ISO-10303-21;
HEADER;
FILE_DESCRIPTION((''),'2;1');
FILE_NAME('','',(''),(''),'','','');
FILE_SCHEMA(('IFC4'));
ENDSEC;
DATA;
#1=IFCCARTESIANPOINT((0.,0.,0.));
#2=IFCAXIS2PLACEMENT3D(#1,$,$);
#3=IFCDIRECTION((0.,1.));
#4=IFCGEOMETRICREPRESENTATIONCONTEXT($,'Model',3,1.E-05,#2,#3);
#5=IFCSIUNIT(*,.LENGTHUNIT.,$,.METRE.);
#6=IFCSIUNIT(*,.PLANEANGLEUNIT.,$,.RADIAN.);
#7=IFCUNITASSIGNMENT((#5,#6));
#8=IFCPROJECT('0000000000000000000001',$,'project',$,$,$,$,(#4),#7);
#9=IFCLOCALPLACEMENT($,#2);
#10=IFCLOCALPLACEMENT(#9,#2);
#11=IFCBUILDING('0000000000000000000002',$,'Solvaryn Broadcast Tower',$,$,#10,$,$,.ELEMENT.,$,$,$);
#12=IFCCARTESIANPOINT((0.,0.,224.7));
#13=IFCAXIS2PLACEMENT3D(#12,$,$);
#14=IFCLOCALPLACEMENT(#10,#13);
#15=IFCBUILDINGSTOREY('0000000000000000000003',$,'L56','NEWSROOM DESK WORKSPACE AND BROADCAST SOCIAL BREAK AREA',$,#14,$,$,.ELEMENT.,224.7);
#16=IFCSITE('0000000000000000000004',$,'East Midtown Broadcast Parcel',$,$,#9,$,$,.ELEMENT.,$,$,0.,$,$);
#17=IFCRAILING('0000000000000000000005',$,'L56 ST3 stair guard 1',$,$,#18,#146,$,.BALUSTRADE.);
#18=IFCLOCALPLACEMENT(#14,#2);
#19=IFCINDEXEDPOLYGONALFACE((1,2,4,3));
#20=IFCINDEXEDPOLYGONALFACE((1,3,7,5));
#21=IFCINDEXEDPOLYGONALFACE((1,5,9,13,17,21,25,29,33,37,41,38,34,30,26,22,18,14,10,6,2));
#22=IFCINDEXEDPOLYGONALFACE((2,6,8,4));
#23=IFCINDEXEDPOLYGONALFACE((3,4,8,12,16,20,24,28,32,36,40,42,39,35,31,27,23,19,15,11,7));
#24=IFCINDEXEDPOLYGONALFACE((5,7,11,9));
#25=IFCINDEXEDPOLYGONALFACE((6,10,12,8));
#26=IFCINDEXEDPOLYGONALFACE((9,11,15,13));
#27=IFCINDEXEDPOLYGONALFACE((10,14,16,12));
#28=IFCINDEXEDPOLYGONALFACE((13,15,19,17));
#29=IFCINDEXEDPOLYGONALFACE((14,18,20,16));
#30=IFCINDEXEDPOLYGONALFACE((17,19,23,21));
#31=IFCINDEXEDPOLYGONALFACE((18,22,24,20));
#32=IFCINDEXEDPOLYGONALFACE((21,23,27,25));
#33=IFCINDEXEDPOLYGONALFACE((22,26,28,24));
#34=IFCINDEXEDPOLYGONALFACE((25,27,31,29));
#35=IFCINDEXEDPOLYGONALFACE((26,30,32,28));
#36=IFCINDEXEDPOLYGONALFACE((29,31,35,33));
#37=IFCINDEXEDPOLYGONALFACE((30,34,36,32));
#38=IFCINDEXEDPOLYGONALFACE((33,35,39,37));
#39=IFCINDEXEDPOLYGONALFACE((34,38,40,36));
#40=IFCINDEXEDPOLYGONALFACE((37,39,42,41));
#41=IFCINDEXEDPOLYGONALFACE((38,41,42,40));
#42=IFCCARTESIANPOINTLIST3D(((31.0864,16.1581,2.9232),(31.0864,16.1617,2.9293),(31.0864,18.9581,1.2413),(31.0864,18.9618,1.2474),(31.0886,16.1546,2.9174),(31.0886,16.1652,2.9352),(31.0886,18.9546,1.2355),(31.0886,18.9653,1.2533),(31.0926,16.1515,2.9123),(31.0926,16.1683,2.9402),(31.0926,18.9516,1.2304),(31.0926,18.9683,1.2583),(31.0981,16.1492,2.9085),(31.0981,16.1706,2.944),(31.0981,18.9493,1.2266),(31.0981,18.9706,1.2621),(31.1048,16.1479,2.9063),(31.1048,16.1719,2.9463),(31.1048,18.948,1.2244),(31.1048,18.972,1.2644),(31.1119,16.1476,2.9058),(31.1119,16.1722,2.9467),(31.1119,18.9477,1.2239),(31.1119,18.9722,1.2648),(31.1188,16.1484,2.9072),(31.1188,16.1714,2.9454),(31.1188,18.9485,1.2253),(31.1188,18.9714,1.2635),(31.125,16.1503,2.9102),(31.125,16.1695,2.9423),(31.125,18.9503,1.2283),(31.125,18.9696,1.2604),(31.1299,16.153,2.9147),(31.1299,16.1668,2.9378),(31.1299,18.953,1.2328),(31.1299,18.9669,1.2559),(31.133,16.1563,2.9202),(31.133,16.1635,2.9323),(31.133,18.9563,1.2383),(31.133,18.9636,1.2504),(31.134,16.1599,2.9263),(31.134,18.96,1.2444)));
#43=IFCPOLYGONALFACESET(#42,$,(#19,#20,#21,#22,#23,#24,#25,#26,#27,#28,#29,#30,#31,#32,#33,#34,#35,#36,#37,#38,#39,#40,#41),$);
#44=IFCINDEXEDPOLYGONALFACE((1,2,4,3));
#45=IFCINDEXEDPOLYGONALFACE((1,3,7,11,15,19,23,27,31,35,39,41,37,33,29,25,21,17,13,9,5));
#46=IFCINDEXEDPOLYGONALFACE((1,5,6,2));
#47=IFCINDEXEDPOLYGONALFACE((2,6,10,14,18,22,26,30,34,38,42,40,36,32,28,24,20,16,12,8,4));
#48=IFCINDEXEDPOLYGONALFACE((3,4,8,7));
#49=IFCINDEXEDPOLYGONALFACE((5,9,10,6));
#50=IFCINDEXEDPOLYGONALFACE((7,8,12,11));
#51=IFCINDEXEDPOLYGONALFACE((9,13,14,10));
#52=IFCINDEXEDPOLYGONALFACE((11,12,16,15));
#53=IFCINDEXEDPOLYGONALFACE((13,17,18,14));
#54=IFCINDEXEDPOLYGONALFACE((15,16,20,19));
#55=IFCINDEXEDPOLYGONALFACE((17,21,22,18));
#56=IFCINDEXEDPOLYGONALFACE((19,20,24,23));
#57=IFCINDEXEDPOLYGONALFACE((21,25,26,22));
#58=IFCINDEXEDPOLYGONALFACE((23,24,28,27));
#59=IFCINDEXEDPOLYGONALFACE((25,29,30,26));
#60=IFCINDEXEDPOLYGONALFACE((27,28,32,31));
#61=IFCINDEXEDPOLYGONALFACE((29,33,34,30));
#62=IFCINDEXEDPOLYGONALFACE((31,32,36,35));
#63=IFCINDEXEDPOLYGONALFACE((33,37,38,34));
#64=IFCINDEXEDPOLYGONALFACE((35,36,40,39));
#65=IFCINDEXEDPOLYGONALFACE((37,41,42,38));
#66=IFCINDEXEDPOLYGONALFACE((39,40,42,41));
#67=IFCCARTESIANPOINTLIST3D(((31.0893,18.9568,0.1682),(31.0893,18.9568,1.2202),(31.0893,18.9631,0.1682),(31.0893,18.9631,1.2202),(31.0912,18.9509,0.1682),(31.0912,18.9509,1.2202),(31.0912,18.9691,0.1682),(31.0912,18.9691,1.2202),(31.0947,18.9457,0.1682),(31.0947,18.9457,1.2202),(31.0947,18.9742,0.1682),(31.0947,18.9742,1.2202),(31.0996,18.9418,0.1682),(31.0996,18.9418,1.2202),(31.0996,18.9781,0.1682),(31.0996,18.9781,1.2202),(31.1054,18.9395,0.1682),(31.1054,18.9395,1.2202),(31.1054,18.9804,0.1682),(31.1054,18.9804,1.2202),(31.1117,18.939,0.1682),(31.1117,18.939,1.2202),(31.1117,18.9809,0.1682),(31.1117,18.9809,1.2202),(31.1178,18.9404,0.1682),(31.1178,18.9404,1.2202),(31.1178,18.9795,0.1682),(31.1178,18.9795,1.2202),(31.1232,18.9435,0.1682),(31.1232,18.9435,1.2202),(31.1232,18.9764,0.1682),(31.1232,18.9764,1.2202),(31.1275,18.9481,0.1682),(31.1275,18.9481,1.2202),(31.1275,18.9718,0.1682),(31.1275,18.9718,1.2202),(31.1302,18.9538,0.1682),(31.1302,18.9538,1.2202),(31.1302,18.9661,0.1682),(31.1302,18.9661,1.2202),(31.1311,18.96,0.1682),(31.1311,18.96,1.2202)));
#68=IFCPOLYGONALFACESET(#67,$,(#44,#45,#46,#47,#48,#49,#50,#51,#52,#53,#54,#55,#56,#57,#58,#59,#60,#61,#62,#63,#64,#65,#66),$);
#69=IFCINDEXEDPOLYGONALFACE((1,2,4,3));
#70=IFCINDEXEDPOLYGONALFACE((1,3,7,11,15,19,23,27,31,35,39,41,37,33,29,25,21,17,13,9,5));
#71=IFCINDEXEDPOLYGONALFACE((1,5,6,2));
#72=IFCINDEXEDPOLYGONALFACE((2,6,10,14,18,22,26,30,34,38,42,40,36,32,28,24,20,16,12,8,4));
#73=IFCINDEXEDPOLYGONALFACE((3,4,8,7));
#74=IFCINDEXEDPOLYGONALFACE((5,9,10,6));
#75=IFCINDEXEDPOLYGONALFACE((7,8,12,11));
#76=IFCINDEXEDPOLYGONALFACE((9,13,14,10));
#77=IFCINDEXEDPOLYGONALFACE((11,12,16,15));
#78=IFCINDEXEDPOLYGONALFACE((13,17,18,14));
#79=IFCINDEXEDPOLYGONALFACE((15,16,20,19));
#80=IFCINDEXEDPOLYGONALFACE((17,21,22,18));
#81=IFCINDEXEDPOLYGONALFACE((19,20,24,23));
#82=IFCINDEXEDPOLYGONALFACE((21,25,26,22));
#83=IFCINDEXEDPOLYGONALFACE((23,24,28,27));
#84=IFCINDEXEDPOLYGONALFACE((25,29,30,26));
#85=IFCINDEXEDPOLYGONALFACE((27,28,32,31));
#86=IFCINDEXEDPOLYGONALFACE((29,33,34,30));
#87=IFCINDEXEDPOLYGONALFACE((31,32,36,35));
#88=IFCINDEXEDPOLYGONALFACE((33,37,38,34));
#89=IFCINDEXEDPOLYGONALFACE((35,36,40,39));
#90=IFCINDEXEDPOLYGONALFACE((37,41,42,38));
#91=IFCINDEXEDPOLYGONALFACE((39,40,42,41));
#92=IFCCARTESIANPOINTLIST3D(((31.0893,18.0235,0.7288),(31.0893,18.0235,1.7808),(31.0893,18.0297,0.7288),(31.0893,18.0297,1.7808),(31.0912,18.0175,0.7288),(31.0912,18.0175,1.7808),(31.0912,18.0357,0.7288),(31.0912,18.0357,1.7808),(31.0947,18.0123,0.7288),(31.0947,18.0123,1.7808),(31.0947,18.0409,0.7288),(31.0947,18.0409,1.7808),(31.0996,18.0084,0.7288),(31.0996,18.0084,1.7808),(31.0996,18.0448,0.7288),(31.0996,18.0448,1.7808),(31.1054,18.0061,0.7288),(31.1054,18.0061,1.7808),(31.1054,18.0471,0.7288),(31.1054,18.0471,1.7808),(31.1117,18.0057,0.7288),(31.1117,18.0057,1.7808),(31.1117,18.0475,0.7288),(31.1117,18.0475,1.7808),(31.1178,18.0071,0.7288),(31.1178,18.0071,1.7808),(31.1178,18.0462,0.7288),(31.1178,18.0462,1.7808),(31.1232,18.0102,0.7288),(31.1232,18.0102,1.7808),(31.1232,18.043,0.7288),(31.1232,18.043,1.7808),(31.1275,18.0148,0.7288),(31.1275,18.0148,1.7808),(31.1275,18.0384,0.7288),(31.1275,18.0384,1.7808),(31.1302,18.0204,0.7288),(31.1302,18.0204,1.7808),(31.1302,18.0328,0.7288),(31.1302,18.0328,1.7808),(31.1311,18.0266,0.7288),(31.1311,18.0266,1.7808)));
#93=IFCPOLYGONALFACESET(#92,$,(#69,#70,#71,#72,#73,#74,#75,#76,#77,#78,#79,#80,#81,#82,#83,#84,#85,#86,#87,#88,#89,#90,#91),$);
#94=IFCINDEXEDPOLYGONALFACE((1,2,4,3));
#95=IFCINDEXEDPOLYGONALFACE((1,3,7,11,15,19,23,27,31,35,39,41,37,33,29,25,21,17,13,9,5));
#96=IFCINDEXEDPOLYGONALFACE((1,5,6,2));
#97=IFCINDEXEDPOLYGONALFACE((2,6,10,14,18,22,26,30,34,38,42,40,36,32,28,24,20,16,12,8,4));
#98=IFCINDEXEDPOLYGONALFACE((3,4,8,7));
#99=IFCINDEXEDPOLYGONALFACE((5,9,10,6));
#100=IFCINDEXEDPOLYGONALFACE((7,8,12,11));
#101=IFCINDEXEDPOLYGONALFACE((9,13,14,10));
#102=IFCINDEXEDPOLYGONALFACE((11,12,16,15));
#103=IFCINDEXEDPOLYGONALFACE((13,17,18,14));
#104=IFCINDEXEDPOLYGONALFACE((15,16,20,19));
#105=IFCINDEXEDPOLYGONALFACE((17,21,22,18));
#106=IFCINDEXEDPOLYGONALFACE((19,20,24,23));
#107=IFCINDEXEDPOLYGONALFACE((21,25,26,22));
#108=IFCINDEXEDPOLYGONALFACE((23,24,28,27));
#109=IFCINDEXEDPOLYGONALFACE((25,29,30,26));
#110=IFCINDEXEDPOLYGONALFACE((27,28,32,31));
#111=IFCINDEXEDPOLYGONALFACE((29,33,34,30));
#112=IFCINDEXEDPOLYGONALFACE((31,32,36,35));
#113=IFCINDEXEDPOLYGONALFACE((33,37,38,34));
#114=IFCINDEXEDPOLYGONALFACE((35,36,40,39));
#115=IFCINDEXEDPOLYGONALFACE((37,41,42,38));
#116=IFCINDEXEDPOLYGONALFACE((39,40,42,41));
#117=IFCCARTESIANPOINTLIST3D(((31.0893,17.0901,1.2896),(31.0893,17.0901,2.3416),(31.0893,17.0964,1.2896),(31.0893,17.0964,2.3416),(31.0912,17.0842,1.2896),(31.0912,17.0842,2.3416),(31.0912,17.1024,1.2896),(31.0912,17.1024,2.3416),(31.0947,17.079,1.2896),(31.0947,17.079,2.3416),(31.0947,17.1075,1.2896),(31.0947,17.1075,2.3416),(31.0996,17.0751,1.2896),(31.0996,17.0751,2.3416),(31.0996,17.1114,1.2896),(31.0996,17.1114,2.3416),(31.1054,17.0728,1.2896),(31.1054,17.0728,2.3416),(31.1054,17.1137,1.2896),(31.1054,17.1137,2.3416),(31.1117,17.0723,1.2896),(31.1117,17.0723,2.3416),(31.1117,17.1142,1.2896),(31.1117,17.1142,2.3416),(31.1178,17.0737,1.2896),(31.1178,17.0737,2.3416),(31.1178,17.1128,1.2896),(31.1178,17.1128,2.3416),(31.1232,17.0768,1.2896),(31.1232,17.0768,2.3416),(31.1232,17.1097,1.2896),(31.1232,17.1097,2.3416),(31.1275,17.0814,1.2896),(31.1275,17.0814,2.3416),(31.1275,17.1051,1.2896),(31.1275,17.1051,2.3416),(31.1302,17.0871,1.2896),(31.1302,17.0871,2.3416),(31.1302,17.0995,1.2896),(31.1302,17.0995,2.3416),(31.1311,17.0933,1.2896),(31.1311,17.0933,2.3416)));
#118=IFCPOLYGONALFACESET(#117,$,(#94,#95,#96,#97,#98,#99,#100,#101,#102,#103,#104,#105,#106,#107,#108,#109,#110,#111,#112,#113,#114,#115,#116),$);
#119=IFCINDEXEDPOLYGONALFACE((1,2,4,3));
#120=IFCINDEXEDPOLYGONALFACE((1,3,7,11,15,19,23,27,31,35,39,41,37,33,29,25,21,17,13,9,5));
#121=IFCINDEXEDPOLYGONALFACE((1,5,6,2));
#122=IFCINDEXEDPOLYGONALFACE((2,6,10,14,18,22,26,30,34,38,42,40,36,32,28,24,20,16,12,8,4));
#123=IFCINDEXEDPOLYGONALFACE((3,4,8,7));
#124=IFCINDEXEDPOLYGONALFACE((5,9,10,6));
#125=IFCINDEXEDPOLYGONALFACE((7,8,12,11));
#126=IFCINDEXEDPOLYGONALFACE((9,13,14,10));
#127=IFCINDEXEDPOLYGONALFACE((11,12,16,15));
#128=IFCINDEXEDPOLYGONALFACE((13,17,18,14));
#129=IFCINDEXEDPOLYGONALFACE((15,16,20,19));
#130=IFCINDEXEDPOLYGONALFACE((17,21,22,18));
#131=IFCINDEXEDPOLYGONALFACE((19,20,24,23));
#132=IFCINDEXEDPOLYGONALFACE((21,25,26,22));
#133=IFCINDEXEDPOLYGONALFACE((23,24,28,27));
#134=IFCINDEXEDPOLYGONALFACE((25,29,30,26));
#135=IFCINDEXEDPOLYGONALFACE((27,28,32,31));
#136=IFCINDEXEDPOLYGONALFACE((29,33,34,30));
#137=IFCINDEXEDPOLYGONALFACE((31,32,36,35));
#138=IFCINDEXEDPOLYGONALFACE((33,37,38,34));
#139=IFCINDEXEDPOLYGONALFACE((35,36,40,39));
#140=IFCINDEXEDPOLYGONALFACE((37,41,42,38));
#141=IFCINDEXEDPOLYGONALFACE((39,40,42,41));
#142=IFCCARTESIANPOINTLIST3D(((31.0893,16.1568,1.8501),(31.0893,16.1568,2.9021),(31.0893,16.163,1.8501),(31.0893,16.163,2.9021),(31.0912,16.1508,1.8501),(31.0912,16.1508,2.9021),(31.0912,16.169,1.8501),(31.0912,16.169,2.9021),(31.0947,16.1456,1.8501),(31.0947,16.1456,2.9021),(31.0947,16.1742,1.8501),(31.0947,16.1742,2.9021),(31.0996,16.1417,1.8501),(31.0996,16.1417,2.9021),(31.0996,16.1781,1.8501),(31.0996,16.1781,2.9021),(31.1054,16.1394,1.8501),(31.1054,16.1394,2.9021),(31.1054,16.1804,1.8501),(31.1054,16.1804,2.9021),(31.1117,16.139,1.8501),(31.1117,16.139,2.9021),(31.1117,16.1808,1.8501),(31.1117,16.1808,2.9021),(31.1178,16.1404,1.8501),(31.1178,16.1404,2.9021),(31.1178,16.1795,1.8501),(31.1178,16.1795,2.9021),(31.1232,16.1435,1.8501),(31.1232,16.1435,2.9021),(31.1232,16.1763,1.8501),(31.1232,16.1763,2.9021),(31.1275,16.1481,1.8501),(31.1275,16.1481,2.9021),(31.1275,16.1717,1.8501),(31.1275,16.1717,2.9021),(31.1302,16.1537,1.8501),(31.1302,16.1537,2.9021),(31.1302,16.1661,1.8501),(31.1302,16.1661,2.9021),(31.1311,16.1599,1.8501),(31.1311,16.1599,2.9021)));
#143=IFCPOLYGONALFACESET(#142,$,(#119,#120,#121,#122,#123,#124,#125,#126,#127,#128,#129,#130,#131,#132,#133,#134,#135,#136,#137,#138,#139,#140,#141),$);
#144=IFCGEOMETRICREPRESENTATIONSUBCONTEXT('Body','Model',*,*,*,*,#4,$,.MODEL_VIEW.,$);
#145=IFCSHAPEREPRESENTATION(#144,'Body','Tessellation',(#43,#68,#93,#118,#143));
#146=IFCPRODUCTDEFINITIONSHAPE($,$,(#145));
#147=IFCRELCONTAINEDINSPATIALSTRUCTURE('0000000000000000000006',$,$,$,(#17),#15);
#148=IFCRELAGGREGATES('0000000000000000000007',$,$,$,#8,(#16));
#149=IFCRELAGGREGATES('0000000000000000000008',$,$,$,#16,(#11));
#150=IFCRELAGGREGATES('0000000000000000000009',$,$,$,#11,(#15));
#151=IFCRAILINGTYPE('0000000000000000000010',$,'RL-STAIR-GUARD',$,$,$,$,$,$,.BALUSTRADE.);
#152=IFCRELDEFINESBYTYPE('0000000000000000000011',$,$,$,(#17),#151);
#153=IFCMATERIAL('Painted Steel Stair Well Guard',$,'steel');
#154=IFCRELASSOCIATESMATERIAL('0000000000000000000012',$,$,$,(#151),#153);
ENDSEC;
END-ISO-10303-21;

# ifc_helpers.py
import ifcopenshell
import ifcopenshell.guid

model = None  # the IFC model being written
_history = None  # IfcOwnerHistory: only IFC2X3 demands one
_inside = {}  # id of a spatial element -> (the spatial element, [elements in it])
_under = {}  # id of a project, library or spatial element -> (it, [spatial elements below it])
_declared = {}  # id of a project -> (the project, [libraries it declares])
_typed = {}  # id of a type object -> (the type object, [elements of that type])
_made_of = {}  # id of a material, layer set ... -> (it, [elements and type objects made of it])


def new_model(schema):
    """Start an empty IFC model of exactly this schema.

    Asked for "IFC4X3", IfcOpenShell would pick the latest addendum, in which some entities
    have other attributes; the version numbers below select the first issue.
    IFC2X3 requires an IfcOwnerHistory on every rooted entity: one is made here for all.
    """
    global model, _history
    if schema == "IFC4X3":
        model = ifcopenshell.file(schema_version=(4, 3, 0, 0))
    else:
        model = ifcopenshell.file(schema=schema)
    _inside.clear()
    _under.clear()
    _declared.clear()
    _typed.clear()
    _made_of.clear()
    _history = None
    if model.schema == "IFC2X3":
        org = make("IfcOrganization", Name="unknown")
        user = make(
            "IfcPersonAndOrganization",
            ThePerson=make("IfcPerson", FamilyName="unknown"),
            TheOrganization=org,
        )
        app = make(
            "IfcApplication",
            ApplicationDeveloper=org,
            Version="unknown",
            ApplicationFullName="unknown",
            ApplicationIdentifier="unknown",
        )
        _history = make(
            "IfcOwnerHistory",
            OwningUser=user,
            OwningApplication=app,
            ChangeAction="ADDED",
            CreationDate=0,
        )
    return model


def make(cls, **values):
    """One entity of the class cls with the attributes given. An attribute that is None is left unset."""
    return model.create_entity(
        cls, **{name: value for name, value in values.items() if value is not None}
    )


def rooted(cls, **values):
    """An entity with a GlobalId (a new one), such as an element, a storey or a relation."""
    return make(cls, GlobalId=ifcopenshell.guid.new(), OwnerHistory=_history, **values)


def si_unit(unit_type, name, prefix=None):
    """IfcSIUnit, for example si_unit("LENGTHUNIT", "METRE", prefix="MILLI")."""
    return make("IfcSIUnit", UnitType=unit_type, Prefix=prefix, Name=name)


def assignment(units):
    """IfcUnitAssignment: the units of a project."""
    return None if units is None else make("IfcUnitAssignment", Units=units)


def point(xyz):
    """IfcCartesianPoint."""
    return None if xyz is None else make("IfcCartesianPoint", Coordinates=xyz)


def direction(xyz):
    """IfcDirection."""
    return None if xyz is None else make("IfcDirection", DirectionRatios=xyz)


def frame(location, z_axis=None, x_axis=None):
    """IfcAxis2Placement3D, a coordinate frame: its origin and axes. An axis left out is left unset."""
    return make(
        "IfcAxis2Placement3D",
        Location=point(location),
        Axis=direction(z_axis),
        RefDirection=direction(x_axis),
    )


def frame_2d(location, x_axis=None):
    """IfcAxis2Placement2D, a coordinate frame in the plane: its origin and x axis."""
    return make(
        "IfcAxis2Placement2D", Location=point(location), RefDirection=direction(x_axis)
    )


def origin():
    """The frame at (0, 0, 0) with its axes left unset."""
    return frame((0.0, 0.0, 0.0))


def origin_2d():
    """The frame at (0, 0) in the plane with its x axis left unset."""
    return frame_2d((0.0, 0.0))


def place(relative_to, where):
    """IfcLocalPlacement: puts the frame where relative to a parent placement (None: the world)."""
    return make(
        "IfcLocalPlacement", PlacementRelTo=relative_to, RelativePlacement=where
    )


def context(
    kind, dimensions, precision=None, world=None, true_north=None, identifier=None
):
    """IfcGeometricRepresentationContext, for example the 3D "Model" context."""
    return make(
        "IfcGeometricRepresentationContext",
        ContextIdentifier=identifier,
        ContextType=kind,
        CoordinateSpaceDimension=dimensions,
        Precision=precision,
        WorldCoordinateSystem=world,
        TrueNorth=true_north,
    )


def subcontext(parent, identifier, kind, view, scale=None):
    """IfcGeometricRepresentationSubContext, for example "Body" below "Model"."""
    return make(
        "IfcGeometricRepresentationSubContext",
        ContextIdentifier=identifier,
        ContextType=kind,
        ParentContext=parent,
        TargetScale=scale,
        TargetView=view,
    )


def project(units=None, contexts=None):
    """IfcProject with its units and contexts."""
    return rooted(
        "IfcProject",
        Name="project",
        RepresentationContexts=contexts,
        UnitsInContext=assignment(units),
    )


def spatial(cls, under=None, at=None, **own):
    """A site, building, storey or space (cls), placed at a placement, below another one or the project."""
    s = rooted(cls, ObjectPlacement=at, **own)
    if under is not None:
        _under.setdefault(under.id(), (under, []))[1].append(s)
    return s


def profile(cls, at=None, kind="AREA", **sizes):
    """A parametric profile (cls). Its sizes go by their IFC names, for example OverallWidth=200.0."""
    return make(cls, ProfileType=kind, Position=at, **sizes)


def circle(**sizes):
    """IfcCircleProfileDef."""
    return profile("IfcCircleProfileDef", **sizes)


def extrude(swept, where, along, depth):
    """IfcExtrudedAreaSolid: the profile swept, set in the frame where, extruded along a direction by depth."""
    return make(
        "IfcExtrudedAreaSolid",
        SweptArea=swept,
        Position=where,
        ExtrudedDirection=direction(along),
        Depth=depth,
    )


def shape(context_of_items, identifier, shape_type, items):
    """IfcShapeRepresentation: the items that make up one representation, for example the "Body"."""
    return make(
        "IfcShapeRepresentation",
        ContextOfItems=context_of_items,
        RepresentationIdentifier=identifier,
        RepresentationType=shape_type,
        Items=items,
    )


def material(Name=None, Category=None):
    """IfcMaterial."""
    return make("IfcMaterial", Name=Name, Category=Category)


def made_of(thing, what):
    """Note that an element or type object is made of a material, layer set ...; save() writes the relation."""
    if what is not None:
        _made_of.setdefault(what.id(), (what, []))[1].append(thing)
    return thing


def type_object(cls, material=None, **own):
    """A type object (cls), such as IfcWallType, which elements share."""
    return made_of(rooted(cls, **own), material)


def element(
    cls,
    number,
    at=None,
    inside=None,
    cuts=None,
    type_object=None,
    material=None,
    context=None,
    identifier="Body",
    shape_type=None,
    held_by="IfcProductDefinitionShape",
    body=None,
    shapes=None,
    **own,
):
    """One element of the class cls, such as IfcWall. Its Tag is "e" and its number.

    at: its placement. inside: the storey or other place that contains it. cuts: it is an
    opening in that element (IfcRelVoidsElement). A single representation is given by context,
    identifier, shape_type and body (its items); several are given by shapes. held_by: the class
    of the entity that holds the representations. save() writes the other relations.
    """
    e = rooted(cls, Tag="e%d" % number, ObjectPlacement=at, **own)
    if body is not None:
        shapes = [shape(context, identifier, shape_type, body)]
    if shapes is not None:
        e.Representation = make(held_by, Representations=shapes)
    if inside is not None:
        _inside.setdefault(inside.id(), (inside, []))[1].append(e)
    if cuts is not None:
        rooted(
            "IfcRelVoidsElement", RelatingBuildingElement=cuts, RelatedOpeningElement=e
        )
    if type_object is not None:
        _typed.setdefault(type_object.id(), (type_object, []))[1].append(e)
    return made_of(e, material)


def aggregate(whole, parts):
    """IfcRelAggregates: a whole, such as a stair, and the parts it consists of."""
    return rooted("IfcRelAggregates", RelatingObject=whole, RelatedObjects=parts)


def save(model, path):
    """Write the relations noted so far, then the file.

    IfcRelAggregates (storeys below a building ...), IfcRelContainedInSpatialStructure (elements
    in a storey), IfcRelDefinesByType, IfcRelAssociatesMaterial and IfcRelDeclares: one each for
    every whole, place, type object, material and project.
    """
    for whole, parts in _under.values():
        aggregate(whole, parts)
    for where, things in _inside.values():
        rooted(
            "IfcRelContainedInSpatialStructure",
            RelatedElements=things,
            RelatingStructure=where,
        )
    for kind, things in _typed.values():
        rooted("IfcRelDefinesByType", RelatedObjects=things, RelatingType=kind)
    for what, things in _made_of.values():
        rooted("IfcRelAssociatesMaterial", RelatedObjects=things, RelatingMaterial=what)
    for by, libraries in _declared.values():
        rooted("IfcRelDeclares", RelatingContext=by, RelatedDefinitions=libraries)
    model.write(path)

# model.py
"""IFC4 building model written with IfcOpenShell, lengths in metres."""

from ifc_helpers import new_model, si_unit, direction, frame, origin, origin_2d, place, context, subcontext, project, spatial, circle, extrude, material, type_object, element, save


model = new_model("IFC4")

# Units and contexts
model_context = context("Model", 3, precision=1e-05, world=origin(), true_north=direction((0.0, 1.0)))
body_context = subcontext(model_context, "Body", "Model", "MODEL_VIEW")
ifc_project = project(units=[si_unit("LENGTHUNIT", "METRE"), si_unit("PLANEANGLEUNIT", "RADIAN")], contexts=[model_context])

# Site, building, storey
site_placement = place(None, origin())
site = spatial("IfcSite", under=ifc_project, at=site_placement, Name="East Midtown Broadcast Parcel", CompositionType="ELEMENT", RefElevation=0.0)
building_placement = place(site_placement, origin())
building = spatial("IfcBuilding", under=site, at=building_placement, Name="Solvaryn Broadcast Tower", CompositionType="ELEMENT")
storey_placement = place(building_placement, frame((0.0, 0.0, 224.7)))
storey = spatial("IfcBuildingStorey", under=building, at=storey_placement, Name="L56", Description="NEWSROOM DESK WORKSPACE AND BROADCAST SOCIAL BREAK AREA", CompositionType="ELEMENT", Elevation=224.7)

# Railing
ifc_material_1 = material(Name="Painted Steel Stair Well Guard", Category="steel")
railing_type_1 = type_object("IfcRailingType", Name="RL-STAIR-GUARD", PredefinedType="BALUSTRADE", material=ifc_material_1)
railing_1_placement = place(storey_placement, frame((31.1101, 18.96, 0.1682)))
element("IfcRailing", 1, at=railing_1_placement, inside=storey, type_object=railing_type_1, Name="L56 ST3 stair guard 1", PredefinedType="BALUSTRADE", context=body_context, shape_type="SweptSolid", body=[
    extrude(circle(Radius=0.0239, at=origin_2d()), frame((0.0, 0.0, 1.0762), z_axis=(0.0, -0.857242, 0.514913), x_axis=(1.0, 0.0, 0.0)), (0.0, 0.0, 1.0), 3.2664),
    extrude(circle(Radius=0.021, at=origin_2d()), origin(), (0.0, 0.0, 1.0), 1.052),
    extrude(circle(Radius=0.021, at=origin_2d()), frame((0.0, -0.9333, 0.5605)), (0.0, 0.0, 1.0), 1.052),
    extrude(circle(Radius=0.021, at=origin_2d()), frame((0.0, -1.8667, 1.1213)), (0.0, 0.0, 1.0), 1.052),
    extrude(circle(Radius=0.021, at=origin_2d()), frame((0.0, -2.8, 1.6819)), (0.0, 0.0, 1.0), 1.052),
])

save(model, "model.ifc")
